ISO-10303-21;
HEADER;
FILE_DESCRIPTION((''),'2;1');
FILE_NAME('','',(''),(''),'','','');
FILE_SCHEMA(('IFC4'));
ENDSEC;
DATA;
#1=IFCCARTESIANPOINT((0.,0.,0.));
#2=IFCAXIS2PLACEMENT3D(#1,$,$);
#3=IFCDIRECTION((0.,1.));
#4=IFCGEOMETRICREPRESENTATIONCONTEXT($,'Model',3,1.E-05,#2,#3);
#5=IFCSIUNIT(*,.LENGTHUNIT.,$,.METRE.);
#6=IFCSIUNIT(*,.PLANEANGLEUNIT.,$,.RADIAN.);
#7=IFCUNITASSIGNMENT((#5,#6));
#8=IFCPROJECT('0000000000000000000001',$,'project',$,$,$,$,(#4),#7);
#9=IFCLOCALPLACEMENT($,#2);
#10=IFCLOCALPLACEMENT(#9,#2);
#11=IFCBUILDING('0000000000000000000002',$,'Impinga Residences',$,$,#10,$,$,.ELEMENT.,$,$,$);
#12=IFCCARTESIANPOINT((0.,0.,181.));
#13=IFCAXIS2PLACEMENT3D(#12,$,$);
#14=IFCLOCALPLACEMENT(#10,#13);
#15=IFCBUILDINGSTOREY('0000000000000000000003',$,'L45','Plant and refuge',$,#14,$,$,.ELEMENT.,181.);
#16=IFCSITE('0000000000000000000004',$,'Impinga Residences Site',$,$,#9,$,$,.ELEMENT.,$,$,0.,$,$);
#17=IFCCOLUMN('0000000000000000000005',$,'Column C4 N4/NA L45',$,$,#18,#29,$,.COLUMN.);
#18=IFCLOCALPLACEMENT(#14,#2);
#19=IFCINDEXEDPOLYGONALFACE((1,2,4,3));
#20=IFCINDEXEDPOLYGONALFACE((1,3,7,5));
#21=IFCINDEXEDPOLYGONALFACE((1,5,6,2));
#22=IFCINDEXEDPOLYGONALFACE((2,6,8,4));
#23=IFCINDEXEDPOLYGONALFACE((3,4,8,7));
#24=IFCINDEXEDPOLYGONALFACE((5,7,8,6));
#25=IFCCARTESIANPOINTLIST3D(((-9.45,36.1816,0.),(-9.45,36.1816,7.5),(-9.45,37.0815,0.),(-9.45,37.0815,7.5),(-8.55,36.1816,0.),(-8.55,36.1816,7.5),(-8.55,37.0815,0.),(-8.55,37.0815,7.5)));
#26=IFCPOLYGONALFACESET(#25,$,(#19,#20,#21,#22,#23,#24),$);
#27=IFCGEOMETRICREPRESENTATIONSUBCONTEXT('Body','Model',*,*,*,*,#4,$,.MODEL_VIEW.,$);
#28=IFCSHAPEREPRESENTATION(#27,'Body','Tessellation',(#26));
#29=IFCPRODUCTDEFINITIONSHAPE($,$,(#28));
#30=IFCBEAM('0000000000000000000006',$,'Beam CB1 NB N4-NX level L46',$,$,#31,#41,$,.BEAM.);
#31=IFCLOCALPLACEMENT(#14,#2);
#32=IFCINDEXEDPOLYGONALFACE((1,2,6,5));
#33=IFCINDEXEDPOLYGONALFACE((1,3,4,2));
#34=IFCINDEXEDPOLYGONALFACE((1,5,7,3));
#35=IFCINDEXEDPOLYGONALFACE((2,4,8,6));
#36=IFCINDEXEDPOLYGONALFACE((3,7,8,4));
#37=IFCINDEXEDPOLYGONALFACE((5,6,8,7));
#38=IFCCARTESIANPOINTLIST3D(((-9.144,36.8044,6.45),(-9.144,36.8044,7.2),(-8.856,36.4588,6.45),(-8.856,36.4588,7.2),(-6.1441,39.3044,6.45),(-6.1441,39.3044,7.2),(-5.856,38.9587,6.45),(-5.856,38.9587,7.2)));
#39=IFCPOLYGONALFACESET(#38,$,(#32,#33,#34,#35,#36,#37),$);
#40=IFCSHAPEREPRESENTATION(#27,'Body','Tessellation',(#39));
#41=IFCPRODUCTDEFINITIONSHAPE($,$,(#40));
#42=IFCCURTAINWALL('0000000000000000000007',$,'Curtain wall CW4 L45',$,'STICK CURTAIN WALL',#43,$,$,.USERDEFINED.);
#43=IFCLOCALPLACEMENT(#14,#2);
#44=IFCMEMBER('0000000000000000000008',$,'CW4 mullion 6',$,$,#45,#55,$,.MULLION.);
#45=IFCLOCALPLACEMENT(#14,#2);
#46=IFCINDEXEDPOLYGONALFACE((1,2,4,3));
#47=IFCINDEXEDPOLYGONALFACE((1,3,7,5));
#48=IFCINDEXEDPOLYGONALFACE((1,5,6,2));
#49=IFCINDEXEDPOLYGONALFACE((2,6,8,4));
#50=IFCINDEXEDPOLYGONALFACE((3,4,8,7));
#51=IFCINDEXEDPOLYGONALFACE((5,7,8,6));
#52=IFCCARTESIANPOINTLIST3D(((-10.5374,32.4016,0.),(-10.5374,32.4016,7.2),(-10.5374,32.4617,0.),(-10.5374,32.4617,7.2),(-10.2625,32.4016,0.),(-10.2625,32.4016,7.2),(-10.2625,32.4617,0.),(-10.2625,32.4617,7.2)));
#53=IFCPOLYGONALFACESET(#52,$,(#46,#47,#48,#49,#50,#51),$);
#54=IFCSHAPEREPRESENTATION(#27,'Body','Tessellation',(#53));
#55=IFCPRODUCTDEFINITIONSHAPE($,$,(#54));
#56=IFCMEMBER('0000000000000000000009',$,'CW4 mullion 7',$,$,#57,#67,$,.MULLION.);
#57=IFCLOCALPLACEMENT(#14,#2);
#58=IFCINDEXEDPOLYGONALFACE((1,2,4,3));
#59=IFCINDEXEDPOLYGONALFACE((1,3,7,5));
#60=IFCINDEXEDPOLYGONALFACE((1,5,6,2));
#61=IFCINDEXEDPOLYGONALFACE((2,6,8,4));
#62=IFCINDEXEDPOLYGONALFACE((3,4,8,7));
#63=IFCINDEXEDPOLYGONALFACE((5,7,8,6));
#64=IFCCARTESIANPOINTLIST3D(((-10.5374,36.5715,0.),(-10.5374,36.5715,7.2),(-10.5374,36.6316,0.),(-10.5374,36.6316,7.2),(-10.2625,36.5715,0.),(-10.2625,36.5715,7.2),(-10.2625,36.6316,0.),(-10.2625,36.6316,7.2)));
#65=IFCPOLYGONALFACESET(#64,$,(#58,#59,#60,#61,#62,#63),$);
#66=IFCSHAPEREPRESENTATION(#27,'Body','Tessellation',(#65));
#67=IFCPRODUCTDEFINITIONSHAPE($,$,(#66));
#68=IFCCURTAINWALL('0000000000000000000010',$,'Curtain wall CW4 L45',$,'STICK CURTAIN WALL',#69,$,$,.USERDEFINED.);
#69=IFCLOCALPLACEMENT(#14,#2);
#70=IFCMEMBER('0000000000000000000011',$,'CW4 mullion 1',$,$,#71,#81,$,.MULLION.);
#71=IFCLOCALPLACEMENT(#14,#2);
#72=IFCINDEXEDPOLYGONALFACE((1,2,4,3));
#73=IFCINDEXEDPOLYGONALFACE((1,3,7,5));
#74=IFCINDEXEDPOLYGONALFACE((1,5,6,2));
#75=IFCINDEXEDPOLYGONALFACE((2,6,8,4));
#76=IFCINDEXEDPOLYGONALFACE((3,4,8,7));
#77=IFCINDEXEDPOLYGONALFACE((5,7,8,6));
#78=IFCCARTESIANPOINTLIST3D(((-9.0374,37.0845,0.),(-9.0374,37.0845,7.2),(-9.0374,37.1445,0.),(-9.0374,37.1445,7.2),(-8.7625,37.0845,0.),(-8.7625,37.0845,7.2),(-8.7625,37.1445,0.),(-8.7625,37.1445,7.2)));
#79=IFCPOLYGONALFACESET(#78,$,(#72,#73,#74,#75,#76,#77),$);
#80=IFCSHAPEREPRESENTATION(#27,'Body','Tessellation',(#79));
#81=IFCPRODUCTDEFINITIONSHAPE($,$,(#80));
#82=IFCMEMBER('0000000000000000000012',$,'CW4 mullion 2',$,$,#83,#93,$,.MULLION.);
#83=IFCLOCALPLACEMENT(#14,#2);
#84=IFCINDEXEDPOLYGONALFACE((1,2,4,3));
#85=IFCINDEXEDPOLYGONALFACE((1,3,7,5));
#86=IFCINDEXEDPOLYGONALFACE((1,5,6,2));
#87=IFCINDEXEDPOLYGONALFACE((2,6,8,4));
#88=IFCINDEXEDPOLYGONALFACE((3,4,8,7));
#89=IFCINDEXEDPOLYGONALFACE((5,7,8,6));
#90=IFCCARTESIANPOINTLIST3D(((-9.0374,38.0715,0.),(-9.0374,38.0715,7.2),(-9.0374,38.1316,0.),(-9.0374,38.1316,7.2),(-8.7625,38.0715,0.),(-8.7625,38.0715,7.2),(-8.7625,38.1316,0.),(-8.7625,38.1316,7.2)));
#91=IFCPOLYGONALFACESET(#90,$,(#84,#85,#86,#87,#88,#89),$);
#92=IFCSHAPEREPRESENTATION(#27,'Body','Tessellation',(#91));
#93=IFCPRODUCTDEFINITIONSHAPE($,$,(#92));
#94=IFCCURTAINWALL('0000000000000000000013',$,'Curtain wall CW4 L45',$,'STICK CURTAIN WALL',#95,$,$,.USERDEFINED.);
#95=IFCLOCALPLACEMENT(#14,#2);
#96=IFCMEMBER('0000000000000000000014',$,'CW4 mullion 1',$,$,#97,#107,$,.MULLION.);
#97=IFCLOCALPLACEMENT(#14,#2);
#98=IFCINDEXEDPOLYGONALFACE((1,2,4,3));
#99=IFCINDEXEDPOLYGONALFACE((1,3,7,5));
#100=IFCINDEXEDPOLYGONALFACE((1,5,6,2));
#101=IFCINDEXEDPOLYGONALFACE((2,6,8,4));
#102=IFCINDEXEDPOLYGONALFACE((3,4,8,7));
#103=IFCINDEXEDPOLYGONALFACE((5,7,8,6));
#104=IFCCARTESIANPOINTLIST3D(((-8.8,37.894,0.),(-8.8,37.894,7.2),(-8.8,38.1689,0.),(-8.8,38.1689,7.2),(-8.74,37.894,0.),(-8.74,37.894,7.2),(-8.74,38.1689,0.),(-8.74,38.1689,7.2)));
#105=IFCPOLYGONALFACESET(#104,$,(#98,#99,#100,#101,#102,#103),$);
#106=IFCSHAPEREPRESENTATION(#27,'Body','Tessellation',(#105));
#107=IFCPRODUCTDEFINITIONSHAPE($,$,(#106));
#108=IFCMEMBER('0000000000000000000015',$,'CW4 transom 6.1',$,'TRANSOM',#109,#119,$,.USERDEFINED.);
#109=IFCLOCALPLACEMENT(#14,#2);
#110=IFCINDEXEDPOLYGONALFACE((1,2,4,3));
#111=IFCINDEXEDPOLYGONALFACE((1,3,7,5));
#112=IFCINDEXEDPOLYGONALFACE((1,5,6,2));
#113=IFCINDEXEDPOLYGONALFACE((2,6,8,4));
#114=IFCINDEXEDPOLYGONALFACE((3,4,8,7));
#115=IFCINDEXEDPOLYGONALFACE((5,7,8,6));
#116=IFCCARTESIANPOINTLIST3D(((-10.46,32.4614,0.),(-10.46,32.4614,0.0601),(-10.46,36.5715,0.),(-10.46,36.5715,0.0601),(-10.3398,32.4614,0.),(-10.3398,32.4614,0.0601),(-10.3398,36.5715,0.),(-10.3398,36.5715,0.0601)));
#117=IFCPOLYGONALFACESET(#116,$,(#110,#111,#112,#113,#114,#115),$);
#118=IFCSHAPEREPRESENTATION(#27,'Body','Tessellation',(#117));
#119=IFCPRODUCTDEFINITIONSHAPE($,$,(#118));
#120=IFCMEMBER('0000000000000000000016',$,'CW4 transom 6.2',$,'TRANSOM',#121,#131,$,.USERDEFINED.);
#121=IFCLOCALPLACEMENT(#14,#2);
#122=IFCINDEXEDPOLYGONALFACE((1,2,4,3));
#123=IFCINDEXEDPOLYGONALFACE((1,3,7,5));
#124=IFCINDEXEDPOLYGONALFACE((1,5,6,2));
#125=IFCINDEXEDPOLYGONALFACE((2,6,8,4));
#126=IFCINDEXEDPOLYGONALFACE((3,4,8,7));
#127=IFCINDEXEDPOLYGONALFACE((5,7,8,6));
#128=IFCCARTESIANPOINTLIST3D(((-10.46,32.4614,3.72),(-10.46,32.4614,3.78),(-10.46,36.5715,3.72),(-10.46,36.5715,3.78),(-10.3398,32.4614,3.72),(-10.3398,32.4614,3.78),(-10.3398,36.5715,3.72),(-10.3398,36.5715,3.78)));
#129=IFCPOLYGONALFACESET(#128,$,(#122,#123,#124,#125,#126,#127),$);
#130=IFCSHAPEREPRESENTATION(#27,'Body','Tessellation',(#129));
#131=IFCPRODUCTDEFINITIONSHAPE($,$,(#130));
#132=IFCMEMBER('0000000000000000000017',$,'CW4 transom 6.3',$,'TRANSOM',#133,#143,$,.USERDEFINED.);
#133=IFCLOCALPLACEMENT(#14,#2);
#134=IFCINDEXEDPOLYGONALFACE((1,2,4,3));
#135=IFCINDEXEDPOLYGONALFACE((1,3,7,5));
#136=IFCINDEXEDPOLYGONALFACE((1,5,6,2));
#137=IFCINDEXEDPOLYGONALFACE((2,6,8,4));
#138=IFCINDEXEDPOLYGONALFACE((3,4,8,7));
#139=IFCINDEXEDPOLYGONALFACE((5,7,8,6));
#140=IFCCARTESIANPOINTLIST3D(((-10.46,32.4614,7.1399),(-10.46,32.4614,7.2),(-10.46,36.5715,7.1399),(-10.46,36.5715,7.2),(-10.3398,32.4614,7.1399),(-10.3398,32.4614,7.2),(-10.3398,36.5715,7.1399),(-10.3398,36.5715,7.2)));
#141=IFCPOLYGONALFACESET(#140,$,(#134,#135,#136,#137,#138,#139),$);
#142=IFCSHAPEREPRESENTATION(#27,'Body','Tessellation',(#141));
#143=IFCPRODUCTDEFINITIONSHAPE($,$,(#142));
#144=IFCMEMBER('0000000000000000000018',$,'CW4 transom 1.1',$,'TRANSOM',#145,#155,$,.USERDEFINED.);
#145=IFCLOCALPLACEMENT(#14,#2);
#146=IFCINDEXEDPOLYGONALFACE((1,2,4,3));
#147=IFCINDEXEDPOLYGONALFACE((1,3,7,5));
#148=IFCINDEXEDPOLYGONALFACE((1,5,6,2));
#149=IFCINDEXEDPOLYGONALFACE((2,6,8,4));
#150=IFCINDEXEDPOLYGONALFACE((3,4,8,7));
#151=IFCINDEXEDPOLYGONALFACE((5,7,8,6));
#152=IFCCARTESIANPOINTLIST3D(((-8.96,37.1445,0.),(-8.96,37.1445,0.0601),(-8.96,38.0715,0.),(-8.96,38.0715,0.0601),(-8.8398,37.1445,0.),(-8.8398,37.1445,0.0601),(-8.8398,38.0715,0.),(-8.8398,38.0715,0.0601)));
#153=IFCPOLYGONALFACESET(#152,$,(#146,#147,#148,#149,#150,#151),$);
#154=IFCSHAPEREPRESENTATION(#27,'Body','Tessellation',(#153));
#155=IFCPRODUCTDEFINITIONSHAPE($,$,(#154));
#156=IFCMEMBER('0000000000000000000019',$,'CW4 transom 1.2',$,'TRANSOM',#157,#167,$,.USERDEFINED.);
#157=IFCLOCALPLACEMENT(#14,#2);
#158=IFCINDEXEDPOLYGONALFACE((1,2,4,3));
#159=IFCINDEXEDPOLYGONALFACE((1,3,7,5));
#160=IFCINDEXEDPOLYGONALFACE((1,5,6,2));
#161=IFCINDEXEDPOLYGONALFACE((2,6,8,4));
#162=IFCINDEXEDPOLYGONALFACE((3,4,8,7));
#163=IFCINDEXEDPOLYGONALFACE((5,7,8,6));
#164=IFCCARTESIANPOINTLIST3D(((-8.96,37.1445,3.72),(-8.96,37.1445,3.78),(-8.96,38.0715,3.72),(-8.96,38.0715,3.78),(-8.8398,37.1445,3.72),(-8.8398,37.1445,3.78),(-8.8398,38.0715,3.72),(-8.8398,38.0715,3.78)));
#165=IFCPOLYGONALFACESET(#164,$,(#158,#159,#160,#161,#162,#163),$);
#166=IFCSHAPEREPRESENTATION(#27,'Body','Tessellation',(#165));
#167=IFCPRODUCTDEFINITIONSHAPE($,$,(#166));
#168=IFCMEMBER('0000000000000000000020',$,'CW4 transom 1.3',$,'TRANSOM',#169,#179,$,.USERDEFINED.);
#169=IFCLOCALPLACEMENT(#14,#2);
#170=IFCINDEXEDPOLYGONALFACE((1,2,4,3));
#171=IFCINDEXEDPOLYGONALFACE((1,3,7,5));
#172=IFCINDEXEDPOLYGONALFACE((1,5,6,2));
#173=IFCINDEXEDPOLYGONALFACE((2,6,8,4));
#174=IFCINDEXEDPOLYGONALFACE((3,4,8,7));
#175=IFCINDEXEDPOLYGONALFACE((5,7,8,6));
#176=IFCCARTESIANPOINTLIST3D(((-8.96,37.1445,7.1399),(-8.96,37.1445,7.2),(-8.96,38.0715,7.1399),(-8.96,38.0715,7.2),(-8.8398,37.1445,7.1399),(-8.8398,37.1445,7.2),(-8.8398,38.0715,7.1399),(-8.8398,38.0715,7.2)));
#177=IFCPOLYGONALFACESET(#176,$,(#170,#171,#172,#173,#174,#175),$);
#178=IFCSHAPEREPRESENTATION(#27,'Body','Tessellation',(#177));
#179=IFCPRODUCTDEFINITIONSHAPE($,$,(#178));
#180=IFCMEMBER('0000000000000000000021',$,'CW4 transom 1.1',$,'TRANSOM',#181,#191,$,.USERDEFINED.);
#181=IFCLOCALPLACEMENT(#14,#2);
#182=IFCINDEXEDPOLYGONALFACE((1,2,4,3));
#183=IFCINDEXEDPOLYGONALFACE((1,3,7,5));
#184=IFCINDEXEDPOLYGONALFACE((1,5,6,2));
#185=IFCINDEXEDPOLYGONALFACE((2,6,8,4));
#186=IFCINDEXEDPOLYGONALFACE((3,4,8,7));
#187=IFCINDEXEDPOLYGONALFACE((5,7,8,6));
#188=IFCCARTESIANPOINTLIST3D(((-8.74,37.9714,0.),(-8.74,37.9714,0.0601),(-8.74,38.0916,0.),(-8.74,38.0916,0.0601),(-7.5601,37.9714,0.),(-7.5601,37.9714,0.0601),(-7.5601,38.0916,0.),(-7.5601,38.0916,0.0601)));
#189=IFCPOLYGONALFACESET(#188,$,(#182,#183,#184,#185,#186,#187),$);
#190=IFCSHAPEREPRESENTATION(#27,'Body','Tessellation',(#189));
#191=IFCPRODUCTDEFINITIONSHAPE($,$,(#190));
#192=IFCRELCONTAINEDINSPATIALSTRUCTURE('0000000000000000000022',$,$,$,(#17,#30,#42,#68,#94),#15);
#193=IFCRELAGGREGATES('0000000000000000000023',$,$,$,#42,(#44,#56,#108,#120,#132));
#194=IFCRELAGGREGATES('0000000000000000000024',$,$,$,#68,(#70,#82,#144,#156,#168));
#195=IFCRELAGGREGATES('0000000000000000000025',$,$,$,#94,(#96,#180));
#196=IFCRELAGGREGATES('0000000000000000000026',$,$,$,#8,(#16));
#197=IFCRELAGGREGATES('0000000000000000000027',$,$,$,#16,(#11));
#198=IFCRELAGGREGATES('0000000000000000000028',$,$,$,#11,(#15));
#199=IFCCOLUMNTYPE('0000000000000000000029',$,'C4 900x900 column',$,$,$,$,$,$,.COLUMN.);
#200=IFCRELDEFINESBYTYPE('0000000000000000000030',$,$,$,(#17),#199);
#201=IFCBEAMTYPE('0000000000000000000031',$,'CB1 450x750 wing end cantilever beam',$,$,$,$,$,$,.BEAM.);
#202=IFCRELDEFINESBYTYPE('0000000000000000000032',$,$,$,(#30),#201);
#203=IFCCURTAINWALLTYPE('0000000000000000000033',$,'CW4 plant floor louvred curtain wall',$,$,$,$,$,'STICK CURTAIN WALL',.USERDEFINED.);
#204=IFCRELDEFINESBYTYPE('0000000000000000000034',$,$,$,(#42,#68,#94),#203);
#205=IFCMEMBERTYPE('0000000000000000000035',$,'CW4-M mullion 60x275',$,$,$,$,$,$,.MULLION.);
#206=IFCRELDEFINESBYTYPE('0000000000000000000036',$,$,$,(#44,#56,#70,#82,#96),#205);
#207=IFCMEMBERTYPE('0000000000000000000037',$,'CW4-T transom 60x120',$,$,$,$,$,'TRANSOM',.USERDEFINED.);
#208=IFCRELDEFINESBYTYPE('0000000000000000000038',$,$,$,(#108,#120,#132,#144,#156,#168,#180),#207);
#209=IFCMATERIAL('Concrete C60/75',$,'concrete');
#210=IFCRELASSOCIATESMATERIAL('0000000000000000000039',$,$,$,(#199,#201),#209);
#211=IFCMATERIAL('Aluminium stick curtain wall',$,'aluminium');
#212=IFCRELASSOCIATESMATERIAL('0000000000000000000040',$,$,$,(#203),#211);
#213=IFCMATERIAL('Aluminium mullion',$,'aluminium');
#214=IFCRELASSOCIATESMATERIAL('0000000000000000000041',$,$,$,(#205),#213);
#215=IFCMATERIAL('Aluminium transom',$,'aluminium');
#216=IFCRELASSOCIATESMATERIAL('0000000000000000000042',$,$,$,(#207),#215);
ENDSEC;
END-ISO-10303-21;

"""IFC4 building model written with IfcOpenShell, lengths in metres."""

from ifc_helpers import new_model, si_unit, direction, frame, origin, origin_2d, place, context, subcontext, project, spatial, rectangle, extrude, material, material_profile, profile_set, type_object, element, aggregate, save


model = new_model("IFC4")

# Units and contexts
model_context = context("Model", 3, precision=1e-05, world=origin(), true_north=direction((0.0, 1.0)))
body_context = subcontext(model_context, "Body", "Model", "MODEL_VIEW")
ifc_project = project(units=[si_unit("LENGTHUNIT", "METRE"), si_unit("PLANEANGLEUNIT", "RADIAN")], contexts=[model_context])

# Site, building, storey
site_placement = place(None, origin())
site = spatial("IfcSite", under=ifc_project, at=site_placement, Name="Impinga Residences Site", CompositionType="ELEMENT", RefElevation=0.0)
building_placement = place(site_placement, origin())
building = spatial("IfcBuilding", under=site, at=building_placement, Name="Impinga Residences", CompositionType="ELEMENT")
storey_placement = place(building_placement, frame((0.0, 0.0, 181.0)))
storey = spatial("IfcBuildingStorey", under=building, at=storey_placement, Name="L45", Description="Plant and refuge", CompositionType="ELEMENT", Elevation=181.0)

# Column
ifc_material_1 = material(Name="Concrete C60/75", Category="concrete")
ifc_material_profile_1 = material_profile(ifc_material_1, rectangle(XDim=0.8999, YDim=0.8999, at=origin_2d()), Name="RC 900x900")
ifc_profile_set_1 = profile_set([ifc_material_profile_1], Name="Concrete C60/75")
column_type = type_object("IfcColumnType", Name="C4 900x900 column", PredefinedType="COLUMN", material=ifc_profile_set_1)
column_placement = place(storey_placement, frame((-9.0, 36.6316, 0.0), z_axis=(0.0, 0.0, 1.0), x_axis=(1.0, 0.0, 0.0)))
element("IfcColumn", 1, at=column_placement, inside=storey, type_object=column_type, Name="Column C4 N4/NA L45", PredefinedType="COLUMN", context=body_context, shape_type="SweptSolid", body=[
    extrude(rectangle(XDim=0.8999, YDim=0.8999, at=origin_2d()), origin(), (0.0, 0.0, 1.0), 7.5),
])

# Beam
ifc_material_profile_2 = material_profile(ifc_material_1, rectangle(XDim=0.45, YDim=0.75, at=origin_2d()), Name="RC 450x750")
ifc_profile_set_2 = profile_set([ifc_material_profile_2], Name="Concrete C60/75")
beam_type = type_object("IfcBeamType", Name="CB1 450x750 wing end cantilever beam", PredefinedType="BEAM", material=ifc_profile_set_2)
beam_placement = place(storey_placement, frame((-9.0, 36.6316, 6.825), z_axis=(0.768221, 0.640184, 0.0), x_axis=(-0.640184, 0.768221, 0.0)))
element("IfcBeam", 2, at=beam_placement, inside=storey, type_object=beam_type, Name="Beam CB1 NB N4-NX level L46", PredefinedType="BEAM", context=body_context, shape_type="SweptSolid", body=[
    extrude(rectangle(XDim=0.45, YDim=0.75, at=origin_2d()), origin(), (0.0, 0.0, 1.0), 3.905),
])

# Curtain walls, members
ifc_material_2 = material(Name="Aluminium stick curtain wall", Category="aluminium")
curtain_wall_type = type_object("IfcCurtainWallType", Name="CW4 plant floor louvred curtain wall", ElementType="STICK CURTAIN WALL", PredefinedType="USERDEFINED", material=ifc_material_2)
curtain_wall_1_placement = place(storey_placement, origin())
curtain_wall_1 = element("IfcCurtainWall", 3, at=curtain_wall_1_placement, inside=storey, type_object=curtain_wall_type, Name="Curtain wall CW4 L45", ObjectType="STICK CURTAIN WALL", PredefinedType="USERDEFINED")
ifc_material_3 = material(Name="Aluminium mullion", Category="aluminium")
ifc_material_profile_3 = material_profile(ifc_material_3, rectangle(XDim=0.0601, YDim=0.2749, at=origin_2d()), Name="60x275 mullion")
ifc_profile_set_3 = profile_set([ifc_material_profile_3], Name="Aluminium mullion")
member_type_1 = type_object("IfcMemberType", Name="CW4-M mullion 60x275", PredefinedType="MULLION", material=ifc_profile_set_3)
member_1_placement = place(storey_placement, frame((-10.3999, 32.4316, 0.0), z_axis=(0.0, 0.0, 1.0), x_axis=(0.0, 1.0, 0.0)))
member_1 = element("IfcMember", 4, at=member_1_placement, type_object=member_type_1, Name="CW4 mullion 6", PredefinedType="MULLION", context=body_context, shape_type="SweptSolid", body=[
    extrude(rectangle(XDim=0.0601, YDim=0.2749, at=origin_2d()), origin(), (0.0, 0.0, 1.0), 7.2),
])
member_2_placement = place(storey_placement, frame((-10.3999, 36.6016, 0.0), z_axis=(0.0, 0.0, 1.0), x_axis=(0.0, 1.0, 0.0)))
member_2 = element("IfcMember", 5, at=member_2_placement, type_object=member_type_1, Name="CW4 mullion 7", PredefinedType="MULLION", context=body_context, shape_type="SweptSolid", body=[
    extrude(rectangle(XDim=0.0601, YDim=0.2749, at=origin_2d()), origin(), (0.0, 0.0, 1.0), 7.2),
])
curtain_wall_2_placement = place(storey_placement, origin())
curtain_wall_2 = element("IfcCurtainWall", 6, at=curtain_wall_2_placement, inside=storey, type_object=curtain_wall_type, Name="Curtain wall CW4 L45", ObjectType="STICK CURTAIN WALL", PredefinedType="USERDEFINED")
member_3_placement = place(storey_placement, frame((-8.8999, 37.1145, 0.0), z_axis=(0.0, 0.0, 1.0), x_axis=(0.0, 1.0, 0.0)))
member_3 = element("IfcMember", 7, at=member_3_placement, type_object=member_type_1, Name="CW4 mullion 1", PredefinedType="MULLION", context=body_context, shape_type="SweptSolid", body=[
    extrude(rectangle(XDim=0.0601, YDim=0.2749, at=origin_2d()), origin(), (0.0, 0.0, 1.0), 7.2),
])
member_4_placement = place(storey_placement, frame((-8.8999, 38.1016, 0.0), z_axis=(0.0, 0.0, 1.0), x_axis=(0.0, 1.0, 0.0)))
member_4 = element("IfcMember", 8, at=member_4_placement, type_object=member_type_1, Name="CW4 mullion 2", PredefinedType="MULLION", context=body_context, shape_type="SweptSolid", body=[
    extrude(rectangle(XDim=0.0601, YDim=0.2749, at=origin_2d()), origin(), (0.0, 0.0, 1.0), 7.2),
])

# Curtain wall, member
curtain_wall_3_placement = place(storey_placement, origin())
curtain_wall_3 = element("IfcCurtainWall", 9, at=curtain_wall_3_placement, inside=storey, type_object=curtain_wall_type, Name="Curtain wall CW4 L45", ObjectType="STICK CURTAIN WALL", PredefinedType="USERDEFINED")
member_5_placement = place(storey_placement, frame((-8.77, 38.0315, 0.0), z_axis=(0.0, 0.0, 1.0), x_axis=(1.0, 0.0, 0.0)))
member_5 = element("IfcMember", 10, at=member_5_placement, type_object=member_type_1, Name="CW4 mullion 1", PredefinedType="MULLION", context=body_context, shape_type="SweptSolid", body=[
    extrude(rectangle(XDim=0.0601, YDim=0.2749, at=origin_2d()), origin(), (0.0, 0.0, 1.0), 7.2),
])

# Members
ifc_material_4 = material(Name="Aluminium transom", Category="aluminium")
ifc_material_profile_4 = material_profile(ifc_material_4, rectangle(XDim=0.0601, YDim=0.1201, at=origin_2d()), Name="60x120 transom")
ifc_profile_set_4 = profile_set([ifc_material_profile_4], Name="Aluminium transom")
member_type_2 = type_object("IfcMemberType", Name="CW4-T transom 60x120", ElementType="TRANSOM", PredefinedType="USERDEFINED", material=ifc_profile_set_4)
member_6_placement = place(storey_placement, frame((-10.3999, 32.4614, 0.03), z_axis=(0.0, 1.0, 0.0), x_axis=(0.0, 0.0, 1.0)))
member_6 = element("IfcMember", 11, at=member_6_placement, type_object=member_type_2, Name="CW4 transom 6.1", ObjectType="TRANSOM", PredefinedType="USERDEFINED", context=body_context, shape_type="SweptSolid", body=[
    extrude(rectangle(XDim=0.0601, YDim=0.1201, at=origin_2d()), origin(), (0.0, 0.0, 1.0), 4.1101),
])
member_7_placement = place(storey_placement, frame((-10.3999, 32.4614, 3.75), z_axis=(0.0, 1.0, 0.0), x_axis=(0.0, 0.0, 1.0)))
member_7 = element("IfcMember", 12, at=member_7_placement, type_object=member_type_2, Name="CW4 transom 6.2", ObjectType="TRANSOM", PredefinedType="USERDEFINED", context=body_context, shape_type="SweptSolid", body=[
    extrude(rectangle(XDim=0.0601, YDim=0.1201, at=origin_2d()), origin(), (0.0, 0.0, 1.0), 4.1101),
])
member_8_placement = place(storey_placement, frame((-10.3999, 32.4614, 7.1699), z_axis=(0.0, 1.0, 0.0), x_axis=(0.0, 0.0, 1.0)))
member_8 = element("IfcMember", 13, at=member_8_placement, type_object=member_type_2, Name="CW4 transom 6.3", ObjectType="TRANSOM", PredefinedType="USERDEFINED", context=body_context, shape_type="SweptSolid", body=[
    extrude(rectangle(XDim=0.0601, YDim=0.1201, at=origin_2d()), origin(), (0.0, 0.0, 1.0), 4.1101),
])
member_9_placement = place(storey_placement, frame((-8.8999, 37.1445, 0.03), z_axis=(0.0, 1.0, 0.0), x_axis=(0.0, 0.0, 1.0)))
member_9 = element("IfcMember", 14, at=member_9_placement, type_object=member_type_2, Name="CW4 transom 1.1", ObjectType="TRANSOM", PredefinedType="USERDEFINED", context=body_context, shape_type="SweptSolid", body=[
    extrude(rectangle(XDim=0.0601, YDim=0.1201, at=origin_2d()), origin(), (0.0, 0.0, 1.0), 0.927),
])
member_10_placement = place(storey_placement, frame((-8.8999, 37.1445, 3.75), z_axis=(0.0, 1.0, 0.0), x_axis=(0.0, 0.0, 1.0)))
member_10 = element("IfcMember", 15, at=member_10_placement, type_object=member_type_2, Name="CW4 transom 1.2", ObjectType="TRANSOM", PredefinedType="USERDEFINED", context=body_context, shape_type="SweptSolid", body=[
    extrude(rectangle(XDim=0.0601, YDim=0.1201, at=origin_2d()), origin(), (0.0, 0.0, 1.0), 0.927),
])
member_11_placement = place(storey_placement, frame((-8.8999, 37.1445, 7.1699), z_axis=(0.0, 1.0, 0.0), x_axis=(0.0, 0.0, 1.0)))
member_11 = element("IfcMember", 16, at=member_11_placement, type_object=member_type_2, Name="CW4 transom 1.3", ObjectType="TRANSOM", PredefinedType="USERDEFINED", context=body_context, shape_type="SweptSolid", body=[
    extrude(rectangle(XDim=0.0601, YDim=0.1201, at=origin_2d()), origin(), (0.0, 0.0, 1.0), 0.927),
])
member_12_placement = place(storey_placement, frame((-8.74, 38.0315, 0.03), z_axis=(1.0, 0.0, 0.0), x_axis=(0.0, 0.0, 1.0)))
member_12 = element("IfcMember", 17, at=member_12_placement, type_object=member_type_2, Name="CW4 transom 1.1", ObjectType="TRANSOM", PredefinedType="USERDEFINED", context=body_context, shape_type="SweptSolid", body=[
    extrude(rectangle(XDim=0.0601, YDim=0.1201, at=origin_2d()), origin(), (0.0, 0.0, 1.0), 1.1799),
])

aggregate(curtain_wall_1, [member_1, member_2, member_6, member_7, member_8])
aggregate(curtain_wall_2, [member_3, member_4, member_9, member_10, member_11])
aggregate(curtain_wall_3, [member_5, member_12])

save(model, "model.ifc")
